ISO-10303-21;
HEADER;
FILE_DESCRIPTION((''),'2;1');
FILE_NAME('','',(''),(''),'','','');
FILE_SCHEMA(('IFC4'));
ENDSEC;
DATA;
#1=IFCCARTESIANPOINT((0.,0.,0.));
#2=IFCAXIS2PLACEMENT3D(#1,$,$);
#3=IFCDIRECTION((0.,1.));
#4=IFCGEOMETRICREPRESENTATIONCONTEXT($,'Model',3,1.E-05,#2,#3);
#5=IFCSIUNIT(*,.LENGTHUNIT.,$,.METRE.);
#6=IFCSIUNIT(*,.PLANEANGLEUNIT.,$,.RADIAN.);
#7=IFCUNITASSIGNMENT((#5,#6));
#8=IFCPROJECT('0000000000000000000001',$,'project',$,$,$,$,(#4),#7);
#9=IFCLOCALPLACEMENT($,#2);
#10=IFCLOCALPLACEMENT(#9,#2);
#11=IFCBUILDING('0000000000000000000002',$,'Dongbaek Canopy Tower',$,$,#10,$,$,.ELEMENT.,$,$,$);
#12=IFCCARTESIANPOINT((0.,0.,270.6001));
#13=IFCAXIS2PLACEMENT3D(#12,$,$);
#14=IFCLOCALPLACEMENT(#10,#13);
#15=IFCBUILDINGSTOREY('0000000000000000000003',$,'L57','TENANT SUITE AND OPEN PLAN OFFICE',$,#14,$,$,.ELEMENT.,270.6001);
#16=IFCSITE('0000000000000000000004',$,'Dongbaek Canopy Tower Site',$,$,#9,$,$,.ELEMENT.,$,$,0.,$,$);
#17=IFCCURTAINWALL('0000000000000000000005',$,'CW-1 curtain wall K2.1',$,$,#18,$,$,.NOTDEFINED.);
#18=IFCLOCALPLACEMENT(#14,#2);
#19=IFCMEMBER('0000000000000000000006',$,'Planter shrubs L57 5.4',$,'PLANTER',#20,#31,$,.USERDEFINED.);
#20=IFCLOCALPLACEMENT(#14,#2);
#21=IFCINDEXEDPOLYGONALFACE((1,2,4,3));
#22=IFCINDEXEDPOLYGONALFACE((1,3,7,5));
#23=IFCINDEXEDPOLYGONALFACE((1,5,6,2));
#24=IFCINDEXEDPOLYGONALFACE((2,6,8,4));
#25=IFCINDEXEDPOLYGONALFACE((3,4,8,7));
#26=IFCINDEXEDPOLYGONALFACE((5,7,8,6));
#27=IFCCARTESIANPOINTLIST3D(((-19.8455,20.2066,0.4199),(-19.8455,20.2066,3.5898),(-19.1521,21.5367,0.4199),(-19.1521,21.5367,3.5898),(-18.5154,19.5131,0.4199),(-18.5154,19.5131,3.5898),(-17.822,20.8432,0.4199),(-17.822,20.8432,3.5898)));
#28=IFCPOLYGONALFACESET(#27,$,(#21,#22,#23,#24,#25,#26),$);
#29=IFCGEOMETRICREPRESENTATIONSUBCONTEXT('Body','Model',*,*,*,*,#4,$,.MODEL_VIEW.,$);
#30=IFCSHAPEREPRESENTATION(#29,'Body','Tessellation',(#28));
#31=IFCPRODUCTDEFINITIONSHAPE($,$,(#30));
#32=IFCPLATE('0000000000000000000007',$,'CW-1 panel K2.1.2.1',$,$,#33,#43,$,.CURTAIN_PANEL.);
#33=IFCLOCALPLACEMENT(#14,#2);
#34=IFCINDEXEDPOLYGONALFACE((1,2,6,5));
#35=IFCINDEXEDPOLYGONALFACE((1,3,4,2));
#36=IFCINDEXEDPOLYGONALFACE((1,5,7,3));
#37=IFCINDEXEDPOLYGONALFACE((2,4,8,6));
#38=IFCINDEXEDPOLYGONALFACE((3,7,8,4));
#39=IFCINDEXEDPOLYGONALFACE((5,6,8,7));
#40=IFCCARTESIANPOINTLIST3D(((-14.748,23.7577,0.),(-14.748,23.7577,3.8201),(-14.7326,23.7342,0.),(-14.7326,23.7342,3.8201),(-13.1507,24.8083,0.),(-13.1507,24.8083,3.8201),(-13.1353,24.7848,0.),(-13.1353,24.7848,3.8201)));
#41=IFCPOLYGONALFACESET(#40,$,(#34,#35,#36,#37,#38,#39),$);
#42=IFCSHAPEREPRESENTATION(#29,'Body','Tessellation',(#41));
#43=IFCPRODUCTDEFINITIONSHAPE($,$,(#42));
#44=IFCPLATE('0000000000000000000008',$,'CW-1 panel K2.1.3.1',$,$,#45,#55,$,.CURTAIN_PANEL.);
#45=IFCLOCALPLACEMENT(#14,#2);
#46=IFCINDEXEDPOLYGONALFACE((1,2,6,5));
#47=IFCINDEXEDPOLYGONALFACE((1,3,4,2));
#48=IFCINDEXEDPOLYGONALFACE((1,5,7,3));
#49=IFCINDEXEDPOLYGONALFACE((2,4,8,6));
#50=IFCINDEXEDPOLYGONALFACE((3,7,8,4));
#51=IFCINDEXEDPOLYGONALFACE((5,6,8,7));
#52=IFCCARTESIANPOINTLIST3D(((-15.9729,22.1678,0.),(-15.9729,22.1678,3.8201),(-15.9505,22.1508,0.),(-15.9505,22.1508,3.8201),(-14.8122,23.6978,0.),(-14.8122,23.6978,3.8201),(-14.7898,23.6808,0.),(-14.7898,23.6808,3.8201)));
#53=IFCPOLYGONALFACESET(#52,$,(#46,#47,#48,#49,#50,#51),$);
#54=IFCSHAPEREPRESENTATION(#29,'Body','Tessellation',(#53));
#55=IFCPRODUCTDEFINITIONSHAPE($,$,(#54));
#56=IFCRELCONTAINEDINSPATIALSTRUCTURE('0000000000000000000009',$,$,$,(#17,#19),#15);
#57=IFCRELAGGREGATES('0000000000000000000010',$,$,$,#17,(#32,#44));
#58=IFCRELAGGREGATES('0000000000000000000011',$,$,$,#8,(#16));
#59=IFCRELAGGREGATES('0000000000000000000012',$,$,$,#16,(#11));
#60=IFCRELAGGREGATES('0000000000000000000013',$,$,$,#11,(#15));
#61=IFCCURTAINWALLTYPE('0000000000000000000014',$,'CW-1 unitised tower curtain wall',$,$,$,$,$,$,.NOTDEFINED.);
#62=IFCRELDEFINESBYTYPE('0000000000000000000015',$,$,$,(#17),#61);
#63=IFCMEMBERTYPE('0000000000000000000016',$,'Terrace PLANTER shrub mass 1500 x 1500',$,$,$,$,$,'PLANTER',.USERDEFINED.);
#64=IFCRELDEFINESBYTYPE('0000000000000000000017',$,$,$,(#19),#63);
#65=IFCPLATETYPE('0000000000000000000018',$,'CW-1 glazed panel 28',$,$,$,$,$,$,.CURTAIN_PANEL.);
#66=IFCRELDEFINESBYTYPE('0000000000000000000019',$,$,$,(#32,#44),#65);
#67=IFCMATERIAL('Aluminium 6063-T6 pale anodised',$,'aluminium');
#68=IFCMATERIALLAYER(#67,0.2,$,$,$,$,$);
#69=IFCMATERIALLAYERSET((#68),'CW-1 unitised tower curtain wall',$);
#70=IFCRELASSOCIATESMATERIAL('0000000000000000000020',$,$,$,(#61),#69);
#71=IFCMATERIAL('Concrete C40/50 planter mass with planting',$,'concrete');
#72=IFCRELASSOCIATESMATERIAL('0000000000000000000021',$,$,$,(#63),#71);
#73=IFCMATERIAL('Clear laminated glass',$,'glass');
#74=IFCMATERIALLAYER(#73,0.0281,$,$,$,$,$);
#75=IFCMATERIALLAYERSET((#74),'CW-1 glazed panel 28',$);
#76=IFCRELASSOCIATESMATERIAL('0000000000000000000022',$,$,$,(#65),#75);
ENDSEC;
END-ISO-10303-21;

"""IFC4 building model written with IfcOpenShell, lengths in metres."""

from ifc_helpers import new_model, si_unit, direction, frame, origin, origin_2d, place, context, subcontext, project, spatial, rectangle, extrude, material, layer, layer_set, material_profile, profile_set, type_object, element, aggregate, save


model = new_model("IFC4")

# Units and contexts
model_context = context("Model", 3, precision=1e-05, world=origin(), true_north=direction((0.0, 1.0)))
body_context = subcontext(model_context, "Body", "Model", "MODEL_VIEW")
ifc_project = project(units=[si_unit("LENGTHUNIT", "METRE"), si_unit("PLANEANGLEUNIT", "RADIAN")], contexts=[model_context])

# Site, building, storey
site_placement = place(None, origin())
site = spatial("IfcSite", under=ifc_project, at=site_placement, Name="Dongbaek Canopy Tower Site", CompositionType="ELEMENT", RefElevation=0.0)
building_placement = place(site_placement, origin())
building = spatial("IfcBuilding", under=site, at=building_placement, Name="Dongbaek Canopy Tower", CompositionType="ELEMENT")
storey_placement = place(building_placement, frame((0.0, 0.0, 270.6001)))
storey = spatial("IfcBuildingStorey", under=building, at=storey_placement, Name="L57", Description="TENANT SUITE AND OPEN PLAN OFFICE", CompositionType="ELEMENT", Elevation=270.6001)

# Curtain wall
ifc_material_1 = material(Name="Aluminium 6063-T6 pale anodised", Category="aluminium")
ifc_layer_1 = layer(ifc_material_1, 0.2)
ifc_layer_set_1 = layer_set([ifc_layer_1], Name="CW-1 unitised tower curtain wall")
curtain_wall_type = type_object("IfcCurtainWallType", Name="CW-1 unitised tower curtain wall", PredefinedType="NOTDEFINED", material=ifc_layer_set_1)
curtain_wall_placement = place(storey_placement, origin())
curtain_wall = element("IfcCurtainWall", 1, at=curtain_wall_placement, inside=storey, type_object=curtain_wall_type, Name="CW-1 curtain wall K2.1", PredefinedType="NOTDEFINED")

# Member
ifc_material_2 = material(Name="Concrete C40/50 planter mass with planting", Category="concrete")
ifc_material_profile_1 = material_profile(ifc_material_2, rectangle(XDim=1.5, YDim=1.5, at=origin_2d()), Name="Terrace PLANTER shrub mass 1500 x 1500")
ifc_profile_set_1 = profile_set([ifc_material_profile_1], Name="Concrete C40/50 planter mass with planting")
member_type_1 = type_object("IfcMemberType", Name="Terrace PLANTER shrub mass 1500 x 1500", ElementType="PLANTER", PredefinedType="USERDEFINED", material=ifc_profile_set_1)
member_1_placement = place(storey_placement, frame((-18.8337, 20.5249, 0.4199), z_axis=(0.0, 0.0, 1.0), x_axis=(-0.88673, 0.462288, 0.0)))
element("IfcMember", 2, at=member_1_placement, inside=storey, type_object=member_type_1, Name="Planter shrubs L57 5.4", ObjectType="PLANTER", PredefinedType="USERDEFINED", context=body_context, shape_type="SweptSolid", body=[
    extrude(rectangle(XDim=1.5, YDim=1.5, at=origin_2d()), origin(), (0.0, 0.0, 1.0), 3.1699),
])

# Plates
ifc_material_3 = material(Name="Clear laminated glass", Category="glass")
ifc_layer_2 = layer(ifc_material_3, 0.0281)
ifc_layer_set_2 = layer_set([ifc_layer_2], Name="CW-1 glazed panel 28")
plate_type = type_object("IfcPlateType", Name="CW-1 glazed panel 28", PredefinedType="CURTAIN_PANEL", material=ifc_layer_set_2)
plate_1_placement = place(storey_placement, frame((-13.9417, 24.2712, 0.0), z_axis=(0.0, 0.0, 1.0), x_axis=(-0.835471, -0.549535, 0.0)))
plate_1 = element("IfcPlate", 3, at=plate_1_placement, type_object=plate_type, Name="CW-1 panel K2.1.2.1", PredefinedType="CURTAIN_PANEL", context=body_context, shape_type="SweptSolid", body=[
    extrude(rectangle(XDim=1.9119, YDim=0.0281, at=origin_2d()), origin(), (0.0, 0.0, 1.0), 3.8201),
])
plate_2_placement = place(storey_placement, frame((-15.3813, 22.9243, 0.0), z_axis=(0.0, 0.0, 1.0), x_axis=(-0.60438, -0.796696, 0.0)))
plate_2 = element("IfcPlate", 4, at=plate_2_placement, type_object=plate_type, Name="CW-1 panel K2.1.3.1", PredefinedType="CURTAIN_PANEL", context=body_context, shape_type="SweptSolid", body=[
    extrude(rectangle(XDim=1.9204, YDim=0.0281, at=origin_2d()), origin(), (0.0, 0.0, 1.0), 3.8201),
])
aggregate(curtain_wall, [plate_1, plate_2])

save(model, "model.ifc")
